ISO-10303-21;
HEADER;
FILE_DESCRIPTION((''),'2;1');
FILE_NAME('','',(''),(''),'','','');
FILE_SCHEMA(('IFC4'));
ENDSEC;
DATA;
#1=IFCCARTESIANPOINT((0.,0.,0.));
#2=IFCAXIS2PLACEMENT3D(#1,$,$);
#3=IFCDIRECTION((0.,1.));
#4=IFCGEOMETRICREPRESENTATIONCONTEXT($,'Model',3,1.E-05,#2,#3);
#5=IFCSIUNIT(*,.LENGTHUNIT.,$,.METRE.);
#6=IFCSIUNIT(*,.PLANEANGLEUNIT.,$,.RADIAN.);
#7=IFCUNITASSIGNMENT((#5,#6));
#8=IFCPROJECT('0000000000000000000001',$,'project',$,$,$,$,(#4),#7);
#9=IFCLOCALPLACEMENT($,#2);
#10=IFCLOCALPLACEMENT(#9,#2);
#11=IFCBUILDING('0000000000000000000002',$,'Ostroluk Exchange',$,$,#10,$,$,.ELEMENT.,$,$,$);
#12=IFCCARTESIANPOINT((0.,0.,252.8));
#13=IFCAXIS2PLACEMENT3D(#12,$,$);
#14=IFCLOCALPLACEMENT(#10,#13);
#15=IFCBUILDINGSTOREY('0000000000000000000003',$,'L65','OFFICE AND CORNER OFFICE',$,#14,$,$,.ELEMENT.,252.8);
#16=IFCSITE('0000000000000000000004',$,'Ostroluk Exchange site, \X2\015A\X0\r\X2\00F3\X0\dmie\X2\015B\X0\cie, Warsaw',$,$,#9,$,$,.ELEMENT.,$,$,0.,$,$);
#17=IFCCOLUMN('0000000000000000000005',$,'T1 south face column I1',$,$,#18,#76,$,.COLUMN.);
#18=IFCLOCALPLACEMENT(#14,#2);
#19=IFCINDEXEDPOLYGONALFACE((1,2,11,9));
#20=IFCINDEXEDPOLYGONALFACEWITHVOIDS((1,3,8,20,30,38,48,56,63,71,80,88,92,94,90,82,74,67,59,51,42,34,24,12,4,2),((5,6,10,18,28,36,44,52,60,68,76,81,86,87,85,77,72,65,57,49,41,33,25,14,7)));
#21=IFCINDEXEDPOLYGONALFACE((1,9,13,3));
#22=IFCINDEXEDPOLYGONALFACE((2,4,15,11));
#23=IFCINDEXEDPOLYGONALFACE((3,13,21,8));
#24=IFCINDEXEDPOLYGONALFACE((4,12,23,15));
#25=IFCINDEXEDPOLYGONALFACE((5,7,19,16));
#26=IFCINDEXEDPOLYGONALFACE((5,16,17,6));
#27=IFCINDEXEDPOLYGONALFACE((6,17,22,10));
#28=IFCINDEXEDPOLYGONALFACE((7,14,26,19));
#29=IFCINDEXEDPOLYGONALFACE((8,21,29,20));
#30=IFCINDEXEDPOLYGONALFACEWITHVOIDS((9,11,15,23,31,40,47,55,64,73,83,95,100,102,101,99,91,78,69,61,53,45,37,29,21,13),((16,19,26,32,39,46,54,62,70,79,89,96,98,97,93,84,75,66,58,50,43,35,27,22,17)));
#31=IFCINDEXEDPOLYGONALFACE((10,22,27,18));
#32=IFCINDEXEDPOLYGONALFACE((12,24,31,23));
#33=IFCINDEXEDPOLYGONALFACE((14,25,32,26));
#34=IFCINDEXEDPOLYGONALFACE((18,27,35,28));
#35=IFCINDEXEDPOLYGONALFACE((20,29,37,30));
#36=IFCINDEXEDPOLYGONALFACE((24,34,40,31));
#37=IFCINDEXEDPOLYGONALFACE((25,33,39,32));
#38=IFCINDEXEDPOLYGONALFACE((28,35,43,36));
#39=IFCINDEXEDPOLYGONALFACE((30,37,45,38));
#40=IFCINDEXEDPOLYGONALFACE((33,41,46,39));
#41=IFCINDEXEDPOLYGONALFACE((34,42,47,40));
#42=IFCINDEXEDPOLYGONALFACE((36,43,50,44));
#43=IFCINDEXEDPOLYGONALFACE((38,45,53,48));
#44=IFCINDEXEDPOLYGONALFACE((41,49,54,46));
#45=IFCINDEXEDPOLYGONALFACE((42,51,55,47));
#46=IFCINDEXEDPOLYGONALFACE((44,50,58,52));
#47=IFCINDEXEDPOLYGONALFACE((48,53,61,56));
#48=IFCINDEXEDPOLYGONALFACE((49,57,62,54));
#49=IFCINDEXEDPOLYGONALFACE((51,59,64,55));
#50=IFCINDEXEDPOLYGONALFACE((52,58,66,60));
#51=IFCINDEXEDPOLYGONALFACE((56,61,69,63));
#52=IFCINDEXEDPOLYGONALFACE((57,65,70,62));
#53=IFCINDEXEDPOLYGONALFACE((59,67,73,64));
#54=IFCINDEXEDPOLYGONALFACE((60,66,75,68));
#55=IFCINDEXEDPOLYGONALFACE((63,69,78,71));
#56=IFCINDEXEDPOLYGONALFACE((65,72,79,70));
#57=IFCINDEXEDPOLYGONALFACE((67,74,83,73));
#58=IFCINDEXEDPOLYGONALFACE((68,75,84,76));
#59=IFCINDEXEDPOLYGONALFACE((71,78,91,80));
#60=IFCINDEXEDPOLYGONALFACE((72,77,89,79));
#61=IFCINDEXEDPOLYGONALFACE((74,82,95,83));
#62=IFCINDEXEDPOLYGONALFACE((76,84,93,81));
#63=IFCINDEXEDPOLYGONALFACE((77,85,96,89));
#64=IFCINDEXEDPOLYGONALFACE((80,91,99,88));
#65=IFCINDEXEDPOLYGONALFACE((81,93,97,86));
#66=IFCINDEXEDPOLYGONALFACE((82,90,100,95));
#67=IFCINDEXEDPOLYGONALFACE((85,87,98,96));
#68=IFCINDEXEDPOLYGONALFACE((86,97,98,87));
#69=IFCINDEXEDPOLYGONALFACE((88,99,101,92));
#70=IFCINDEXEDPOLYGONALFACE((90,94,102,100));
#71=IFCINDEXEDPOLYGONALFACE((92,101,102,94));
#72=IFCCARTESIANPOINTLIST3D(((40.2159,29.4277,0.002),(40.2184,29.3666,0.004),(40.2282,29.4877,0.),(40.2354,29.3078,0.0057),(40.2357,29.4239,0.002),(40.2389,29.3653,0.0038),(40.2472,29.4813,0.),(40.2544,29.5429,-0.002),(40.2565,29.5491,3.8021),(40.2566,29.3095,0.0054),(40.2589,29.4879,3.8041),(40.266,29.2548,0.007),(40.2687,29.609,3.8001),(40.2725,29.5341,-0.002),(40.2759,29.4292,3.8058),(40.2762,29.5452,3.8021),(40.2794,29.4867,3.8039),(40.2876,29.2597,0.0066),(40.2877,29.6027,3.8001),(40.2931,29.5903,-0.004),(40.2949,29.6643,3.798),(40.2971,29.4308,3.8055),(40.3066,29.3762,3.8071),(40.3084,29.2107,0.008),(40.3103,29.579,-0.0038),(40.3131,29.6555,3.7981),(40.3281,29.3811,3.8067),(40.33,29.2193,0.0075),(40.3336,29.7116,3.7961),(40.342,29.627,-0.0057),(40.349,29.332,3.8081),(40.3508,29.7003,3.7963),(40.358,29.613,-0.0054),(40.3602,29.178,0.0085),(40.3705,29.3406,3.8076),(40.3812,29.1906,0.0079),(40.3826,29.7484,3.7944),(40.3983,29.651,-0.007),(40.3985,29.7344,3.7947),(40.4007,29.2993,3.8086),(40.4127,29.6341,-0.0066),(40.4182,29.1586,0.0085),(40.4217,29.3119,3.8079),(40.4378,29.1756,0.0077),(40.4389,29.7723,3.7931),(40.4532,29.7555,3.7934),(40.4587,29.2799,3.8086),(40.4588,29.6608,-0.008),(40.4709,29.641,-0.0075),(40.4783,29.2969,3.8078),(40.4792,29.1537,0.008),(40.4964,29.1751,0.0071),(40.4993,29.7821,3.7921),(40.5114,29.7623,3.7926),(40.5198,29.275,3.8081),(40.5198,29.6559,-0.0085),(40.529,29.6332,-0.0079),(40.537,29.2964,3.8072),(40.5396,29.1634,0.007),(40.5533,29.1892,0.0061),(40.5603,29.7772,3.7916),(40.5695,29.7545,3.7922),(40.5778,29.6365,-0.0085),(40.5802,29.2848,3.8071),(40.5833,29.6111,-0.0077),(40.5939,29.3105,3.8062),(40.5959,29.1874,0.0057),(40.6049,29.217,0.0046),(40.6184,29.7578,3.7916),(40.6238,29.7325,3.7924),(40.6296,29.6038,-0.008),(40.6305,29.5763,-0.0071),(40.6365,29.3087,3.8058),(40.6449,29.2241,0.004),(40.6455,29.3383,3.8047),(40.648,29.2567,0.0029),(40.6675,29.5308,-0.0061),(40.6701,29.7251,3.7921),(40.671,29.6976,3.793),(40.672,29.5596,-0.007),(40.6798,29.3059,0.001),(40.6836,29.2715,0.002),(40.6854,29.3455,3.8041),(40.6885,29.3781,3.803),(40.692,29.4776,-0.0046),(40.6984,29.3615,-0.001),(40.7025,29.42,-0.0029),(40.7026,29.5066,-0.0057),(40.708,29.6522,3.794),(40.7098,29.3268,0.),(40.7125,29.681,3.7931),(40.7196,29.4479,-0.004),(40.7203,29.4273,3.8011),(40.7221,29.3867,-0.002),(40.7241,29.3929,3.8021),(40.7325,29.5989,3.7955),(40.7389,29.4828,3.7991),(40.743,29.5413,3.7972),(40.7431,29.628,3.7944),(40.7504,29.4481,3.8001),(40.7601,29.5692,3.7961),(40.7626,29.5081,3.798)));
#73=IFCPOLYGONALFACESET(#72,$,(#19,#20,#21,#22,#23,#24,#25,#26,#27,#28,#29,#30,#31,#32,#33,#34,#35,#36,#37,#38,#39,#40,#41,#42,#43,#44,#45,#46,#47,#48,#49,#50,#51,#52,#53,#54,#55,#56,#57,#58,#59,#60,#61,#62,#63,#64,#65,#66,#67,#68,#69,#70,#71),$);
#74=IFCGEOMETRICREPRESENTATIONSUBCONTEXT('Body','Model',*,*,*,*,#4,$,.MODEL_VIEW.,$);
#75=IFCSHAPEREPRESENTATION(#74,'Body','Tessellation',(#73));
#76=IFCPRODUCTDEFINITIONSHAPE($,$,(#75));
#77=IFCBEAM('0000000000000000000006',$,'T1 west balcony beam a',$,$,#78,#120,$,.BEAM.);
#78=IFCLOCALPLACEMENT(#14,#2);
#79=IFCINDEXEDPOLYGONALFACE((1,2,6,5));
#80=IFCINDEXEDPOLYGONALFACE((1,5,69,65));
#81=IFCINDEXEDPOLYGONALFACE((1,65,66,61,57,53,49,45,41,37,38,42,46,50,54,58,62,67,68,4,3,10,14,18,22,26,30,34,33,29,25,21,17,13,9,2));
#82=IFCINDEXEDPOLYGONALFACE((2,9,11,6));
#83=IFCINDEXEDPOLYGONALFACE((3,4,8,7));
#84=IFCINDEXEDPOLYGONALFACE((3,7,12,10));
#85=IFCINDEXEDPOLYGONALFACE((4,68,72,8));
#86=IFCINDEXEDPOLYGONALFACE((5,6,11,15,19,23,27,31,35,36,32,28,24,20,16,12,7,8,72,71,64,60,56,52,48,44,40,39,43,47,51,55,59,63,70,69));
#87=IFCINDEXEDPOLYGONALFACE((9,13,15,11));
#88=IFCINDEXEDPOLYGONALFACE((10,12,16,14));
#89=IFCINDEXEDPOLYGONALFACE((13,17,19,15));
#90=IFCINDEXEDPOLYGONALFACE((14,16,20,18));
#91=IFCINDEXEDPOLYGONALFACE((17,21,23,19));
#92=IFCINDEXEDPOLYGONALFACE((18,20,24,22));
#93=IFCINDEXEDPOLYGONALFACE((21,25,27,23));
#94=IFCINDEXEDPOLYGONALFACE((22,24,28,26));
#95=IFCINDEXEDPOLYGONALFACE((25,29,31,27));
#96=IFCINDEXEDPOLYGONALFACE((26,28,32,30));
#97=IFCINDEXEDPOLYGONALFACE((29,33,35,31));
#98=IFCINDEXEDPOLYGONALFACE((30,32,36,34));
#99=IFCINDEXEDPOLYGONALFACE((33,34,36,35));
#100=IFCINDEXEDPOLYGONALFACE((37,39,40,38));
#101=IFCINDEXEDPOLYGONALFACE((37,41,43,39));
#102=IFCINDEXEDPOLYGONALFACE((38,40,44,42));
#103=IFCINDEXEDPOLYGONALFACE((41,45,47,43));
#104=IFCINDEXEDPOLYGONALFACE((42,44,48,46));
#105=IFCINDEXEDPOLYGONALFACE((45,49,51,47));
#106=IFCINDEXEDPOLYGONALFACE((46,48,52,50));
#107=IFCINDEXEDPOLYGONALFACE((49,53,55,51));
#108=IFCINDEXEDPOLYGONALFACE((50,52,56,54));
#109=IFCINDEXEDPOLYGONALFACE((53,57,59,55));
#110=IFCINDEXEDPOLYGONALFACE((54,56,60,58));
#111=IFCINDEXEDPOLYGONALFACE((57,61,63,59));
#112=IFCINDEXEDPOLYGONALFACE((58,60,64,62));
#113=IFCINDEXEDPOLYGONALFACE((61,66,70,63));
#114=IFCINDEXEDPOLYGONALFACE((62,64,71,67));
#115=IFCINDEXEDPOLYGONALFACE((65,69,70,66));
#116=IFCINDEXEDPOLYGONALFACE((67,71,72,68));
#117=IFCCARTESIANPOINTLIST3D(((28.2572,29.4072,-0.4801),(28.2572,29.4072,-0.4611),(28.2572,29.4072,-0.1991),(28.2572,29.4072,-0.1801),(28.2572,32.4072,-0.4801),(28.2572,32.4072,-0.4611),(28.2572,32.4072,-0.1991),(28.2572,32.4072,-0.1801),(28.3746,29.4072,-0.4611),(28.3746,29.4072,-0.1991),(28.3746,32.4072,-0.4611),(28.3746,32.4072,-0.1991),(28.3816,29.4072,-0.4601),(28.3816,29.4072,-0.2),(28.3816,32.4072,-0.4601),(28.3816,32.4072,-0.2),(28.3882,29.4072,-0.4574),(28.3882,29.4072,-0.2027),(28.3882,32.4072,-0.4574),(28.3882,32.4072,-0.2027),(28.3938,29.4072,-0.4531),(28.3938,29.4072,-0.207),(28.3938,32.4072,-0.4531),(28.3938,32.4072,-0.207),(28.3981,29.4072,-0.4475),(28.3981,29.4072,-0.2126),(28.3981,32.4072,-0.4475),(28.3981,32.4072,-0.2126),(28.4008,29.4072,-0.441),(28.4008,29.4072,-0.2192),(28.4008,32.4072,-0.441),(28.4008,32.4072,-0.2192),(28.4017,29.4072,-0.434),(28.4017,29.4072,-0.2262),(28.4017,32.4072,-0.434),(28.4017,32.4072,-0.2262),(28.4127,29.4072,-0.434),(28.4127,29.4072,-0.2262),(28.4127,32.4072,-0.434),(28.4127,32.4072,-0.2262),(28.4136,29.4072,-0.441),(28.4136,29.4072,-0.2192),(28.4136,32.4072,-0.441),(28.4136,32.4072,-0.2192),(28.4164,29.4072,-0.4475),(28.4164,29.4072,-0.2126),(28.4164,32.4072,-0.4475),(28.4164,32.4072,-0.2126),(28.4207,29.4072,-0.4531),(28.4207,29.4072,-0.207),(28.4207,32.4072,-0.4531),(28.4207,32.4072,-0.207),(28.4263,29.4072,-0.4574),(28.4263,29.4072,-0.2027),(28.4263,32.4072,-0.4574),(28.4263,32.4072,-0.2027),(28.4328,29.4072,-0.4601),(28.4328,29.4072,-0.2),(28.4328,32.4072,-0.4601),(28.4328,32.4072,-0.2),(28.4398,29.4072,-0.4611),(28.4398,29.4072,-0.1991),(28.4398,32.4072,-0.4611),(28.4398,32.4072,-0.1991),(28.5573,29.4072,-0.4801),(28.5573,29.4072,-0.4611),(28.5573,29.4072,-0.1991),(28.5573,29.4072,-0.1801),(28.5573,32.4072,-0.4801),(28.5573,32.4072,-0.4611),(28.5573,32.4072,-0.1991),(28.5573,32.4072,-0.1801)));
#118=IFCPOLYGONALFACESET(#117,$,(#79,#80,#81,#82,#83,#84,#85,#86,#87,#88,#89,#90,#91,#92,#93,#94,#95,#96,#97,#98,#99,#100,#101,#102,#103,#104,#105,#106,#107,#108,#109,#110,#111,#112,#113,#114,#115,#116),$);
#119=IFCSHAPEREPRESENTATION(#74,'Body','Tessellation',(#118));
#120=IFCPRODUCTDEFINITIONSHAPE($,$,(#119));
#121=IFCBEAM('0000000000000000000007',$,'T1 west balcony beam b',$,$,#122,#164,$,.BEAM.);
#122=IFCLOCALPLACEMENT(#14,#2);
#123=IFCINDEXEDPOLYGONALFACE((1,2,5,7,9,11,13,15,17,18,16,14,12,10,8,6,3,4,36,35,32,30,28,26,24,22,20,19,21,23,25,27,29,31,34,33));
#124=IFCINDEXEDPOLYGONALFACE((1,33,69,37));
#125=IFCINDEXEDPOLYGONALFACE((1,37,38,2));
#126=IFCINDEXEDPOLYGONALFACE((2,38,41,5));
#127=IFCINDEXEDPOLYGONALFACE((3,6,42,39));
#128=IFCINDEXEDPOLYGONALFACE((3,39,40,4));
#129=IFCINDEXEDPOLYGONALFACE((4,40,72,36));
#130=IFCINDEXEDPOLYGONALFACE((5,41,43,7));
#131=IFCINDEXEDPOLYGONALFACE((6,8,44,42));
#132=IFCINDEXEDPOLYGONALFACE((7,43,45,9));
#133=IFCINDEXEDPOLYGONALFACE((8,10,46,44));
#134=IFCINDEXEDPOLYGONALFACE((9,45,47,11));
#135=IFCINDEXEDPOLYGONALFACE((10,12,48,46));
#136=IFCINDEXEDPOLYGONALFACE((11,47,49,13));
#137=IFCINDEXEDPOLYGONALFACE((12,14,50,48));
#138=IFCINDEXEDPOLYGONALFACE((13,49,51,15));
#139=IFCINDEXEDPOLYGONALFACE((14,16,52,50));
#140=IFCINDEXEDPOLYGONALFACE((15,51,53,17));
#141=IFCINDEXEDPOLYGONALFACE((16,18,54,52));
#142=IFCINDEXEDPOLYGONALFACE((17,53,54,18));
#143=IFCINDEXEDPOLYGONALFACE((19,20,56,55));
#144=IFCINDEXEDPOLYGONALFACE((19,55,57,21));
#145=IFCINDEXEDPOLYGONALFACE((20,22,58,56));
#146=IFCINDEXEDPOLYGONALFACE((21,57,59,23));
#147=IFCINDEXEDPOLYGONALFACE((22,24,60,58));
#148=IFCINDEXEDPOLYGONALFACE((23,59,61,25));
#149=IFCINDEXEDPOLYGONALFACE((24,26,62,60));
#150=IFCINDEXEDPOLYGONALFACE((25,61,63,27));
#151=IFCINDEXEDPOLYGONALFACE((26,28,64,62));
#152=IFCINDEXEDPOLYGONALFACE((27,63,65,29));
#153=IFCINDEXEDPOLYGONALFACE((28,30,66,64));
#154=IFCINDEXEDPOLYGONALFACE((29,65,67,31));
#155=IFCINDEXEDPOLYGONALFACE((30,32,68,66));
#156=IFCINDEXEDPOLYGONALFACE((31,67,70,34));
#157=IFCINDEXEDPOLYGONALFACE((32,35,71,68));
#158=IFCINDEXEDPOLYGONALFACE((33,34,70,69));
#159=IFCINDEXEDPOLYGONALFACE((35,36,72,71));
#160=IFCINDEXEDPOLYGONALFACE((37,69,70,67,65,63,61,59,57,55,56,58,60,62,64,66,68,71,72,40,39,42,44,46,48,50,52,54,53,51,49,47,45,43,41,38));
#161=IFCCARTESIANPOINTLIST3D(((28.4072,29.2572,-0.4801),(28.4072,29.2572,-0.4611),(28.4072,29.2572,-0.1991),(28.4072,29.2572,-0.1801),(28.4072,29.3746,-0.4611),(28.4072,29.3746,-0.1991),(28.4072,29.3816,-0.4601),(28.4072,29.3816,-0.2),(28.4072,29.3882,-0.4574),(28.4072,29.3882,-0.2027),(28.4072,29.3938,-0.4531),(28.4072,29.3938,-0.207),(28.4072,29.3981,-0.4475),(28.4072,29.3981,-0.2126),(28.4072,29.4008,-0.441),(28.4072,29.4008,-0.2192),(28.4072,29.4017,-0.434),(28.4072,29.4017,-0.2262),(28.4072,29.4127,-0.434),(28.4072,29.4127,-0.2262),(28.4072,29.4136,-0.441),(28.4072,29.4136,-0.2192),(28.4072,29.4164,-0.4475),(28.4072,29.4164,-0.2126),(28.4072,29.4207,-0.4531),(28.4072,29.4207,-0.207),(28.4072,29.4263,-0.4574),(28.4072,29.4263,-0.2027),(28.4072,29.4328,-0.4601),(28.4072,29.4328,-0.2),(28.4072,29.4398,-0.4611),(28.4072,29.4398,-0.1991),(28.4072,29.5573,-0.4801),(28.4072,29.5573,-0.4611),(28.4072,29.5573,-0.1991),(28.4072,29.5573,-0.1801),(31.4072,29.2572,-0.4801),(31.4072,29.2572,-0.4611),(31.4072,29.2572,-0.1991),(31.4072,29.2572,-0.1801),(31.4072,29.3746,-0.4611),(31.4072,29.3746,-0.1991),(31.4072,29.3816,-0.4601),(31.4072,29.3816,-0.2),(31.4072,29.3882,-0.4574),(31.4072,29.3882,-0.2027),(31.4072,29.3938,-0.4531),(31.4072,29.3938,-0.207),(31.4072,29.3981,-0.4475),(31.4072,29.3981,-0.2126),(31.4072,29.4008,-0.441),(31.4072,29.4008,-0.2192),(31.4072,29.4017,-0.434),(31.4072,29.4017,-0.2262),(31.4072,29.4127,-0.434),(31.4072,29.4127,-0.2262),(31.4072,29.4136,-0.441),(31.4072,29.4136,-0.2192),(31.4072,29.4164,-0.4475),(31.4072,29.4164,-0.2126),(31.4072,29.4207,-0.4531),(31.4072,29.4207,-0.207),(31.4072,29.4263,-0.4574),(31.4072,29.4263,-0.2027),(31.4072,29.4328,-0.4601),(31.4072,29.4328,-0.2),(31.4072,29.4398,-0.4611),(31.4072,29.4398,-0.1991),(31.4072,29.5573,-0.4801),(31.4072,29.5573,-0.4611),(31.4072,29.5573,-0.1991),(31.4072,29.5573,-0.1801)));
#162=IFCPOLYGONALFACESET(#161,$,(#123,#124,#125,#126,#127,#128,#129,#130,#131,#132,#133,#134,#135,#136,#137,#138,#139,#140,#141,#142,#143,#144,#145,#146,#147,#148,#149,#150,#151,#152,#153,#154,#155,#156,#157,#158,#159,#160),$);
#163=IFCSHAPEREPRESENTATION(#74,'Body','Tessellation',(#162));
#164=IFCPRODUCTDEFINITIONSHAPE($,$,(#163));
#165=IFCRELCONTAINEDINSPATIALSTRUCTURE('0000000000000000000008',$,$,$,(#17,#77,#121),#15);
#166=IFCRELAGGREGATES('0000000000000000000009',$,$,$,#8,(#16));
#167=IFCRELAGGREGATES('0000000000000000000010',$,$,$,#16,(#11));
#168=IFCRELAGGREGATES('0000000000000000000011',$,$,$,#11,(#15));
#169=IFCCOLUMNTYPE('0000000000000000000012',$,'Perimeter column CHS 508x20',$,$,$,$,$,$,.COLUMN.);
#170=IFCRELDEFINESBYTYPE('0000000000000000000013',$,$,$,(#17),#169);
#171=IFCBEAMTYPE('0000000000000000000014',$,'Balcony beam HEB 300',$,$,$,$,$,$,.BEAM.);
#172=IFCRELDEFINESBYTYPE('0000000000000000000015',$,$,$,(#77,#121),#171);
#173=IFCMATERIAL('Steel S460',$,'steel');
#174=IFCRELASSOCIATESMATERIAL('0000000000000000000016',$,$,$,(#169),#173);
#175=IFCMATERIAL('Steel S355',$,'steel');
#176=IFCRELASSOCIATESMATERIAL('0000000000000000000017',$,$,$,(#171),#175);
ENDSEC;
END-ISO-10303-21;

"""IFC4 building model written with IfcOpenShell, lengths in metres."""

from ifc_helpers import new_model, si_unit, direction, frame, origin, origin_2d, place, context, subcontext, project, spatial, hollow_circle, i_section, extrude, material, material_profile, profile_set, type_object, element, save


model = new_model("IFC4")

# Units and contexts
model_context = context("Model", 3, precision=1e-05, world=origin(), true_north=direction((0.0, 1.0)))
body_context = subcontext(model_context, "Body", "Model", "MODEL_VIEW")
ifc_project = project(units=[si_unit("LENGTHUNIT", "METRE"), si_unit("PLANEANGLEUNIT", "RADIAN")], contexts=[model_context])

# Site, building, storey
site_placement = place(None, origin())
site = spatial("IfcSite", under=ifc_project, at=site_placement, Name="Ostroluk Exchange site, Śródmieście, Warsaw", CompositionType="ELEMENT", RefElevation=0.0)
building_placement = place(site_placement, origin())
building = spatial("IfcBuilding", under=site, at=building_placement, Name="Ostroluk Exchange", CompositionType="ELEMENT")
storey_placement = place(building_placement, frame((0.0, 0.0, 252.8)))
storey = spatial("IfcBuildingStorey", under=building, at=storey_placement, Name="L65", Description="OFFICE AND CORNER OFFICE", CompositionType="ELEMENT", Elevation=252.8)

# Column
ifc_material_1 = material(Name="Steel S460", Category="steel")
ifc_material_profile_1 = material_profile(ifc_material_1, hollow_circle(Radius=0.2539, WallThickness=0.02, at=origin_2d()), Name="CHS 508x20")
ifc_profile_set_1 = profile_set([ifc_material_profile_1], Name="Steel S460")
column_type_1 = type_object("IfcColumnType", Name="Perimeter column CHS 508x20", PredefinedType="COLUMN", material=ifc_profile_set_1)
column_1_placement = place(storey_placement, frame((40.469, 29.4072, 0.0), z_axis=(0.010659, 0.031913, 0.999434), x_axis=(-0.948492, 0.3168, 0.0)))
element("IfcColumn", 1, at=column_1_placement, inside=storey, type_object=column_type_1, Name="T1 south face column I1", PredefinedType="COLUMN", context=body_context, shape_type="SweptSolid", body=[
    extrude(hollow_circle(Radius=0.2539, WallThickness=0.02, at=origin_2d()), origin(), (0.0, 0.0, 1.0), 3.8022),
])

# Beams
ifc_material_2 = material(Name="Steel S355", Category="steel")
ifc_material_profile_2 = material_profile(ifc_material_2, i_section(OverallWidth=0.3, OverallDepth=0.3, WebThickness=0.011, FlangeThickness=0.019, FilletRadius=0.0271, at=origin_2d()), Name="HEB 300")
ifc_profile_set_2 = profile_set([ifc_material_profile_2], Name="Steel S355")
beam_type_1 = type_object("IfcBeamType", Name="Balcony beam HEB 300", PredefinedType="BEAM", material=ifc_profile_set_2)
for number, where, z_axis, x_axis, name in (
    (2, (28.4072, 32.4072, -0.3301), (0.0, -1.0, 0.0), (1.0, 0.0, 0.0), "T1 west balcony beam a"),
    (3, (31.4072, 29.4072, -0.3301), (-1.0, 0.0, 0.0), (0.0, -1.0, 0.0), "T1 west balcony beam b"),
):
    element("IfcBeam", number, at=place(storey_placement, frame(where, z_axis=z_axis, x_axis=x_axis)), inside=storey, type_object=beam_type_1, Name=name, PredefinedType="BEAM", context=body_context, shape_type="SweptSolid", body=[
        extrude(i_section(OverallWidth=0.3, OverallDepth=0.3, WebThickness=0.011, FlangeThickness=0.019, FilletRadius=0.0271, at=origin_2d()), origin(), (0.0, 0.0, 1.0), 3.0),
    ])

save(model, "model.ifc")
